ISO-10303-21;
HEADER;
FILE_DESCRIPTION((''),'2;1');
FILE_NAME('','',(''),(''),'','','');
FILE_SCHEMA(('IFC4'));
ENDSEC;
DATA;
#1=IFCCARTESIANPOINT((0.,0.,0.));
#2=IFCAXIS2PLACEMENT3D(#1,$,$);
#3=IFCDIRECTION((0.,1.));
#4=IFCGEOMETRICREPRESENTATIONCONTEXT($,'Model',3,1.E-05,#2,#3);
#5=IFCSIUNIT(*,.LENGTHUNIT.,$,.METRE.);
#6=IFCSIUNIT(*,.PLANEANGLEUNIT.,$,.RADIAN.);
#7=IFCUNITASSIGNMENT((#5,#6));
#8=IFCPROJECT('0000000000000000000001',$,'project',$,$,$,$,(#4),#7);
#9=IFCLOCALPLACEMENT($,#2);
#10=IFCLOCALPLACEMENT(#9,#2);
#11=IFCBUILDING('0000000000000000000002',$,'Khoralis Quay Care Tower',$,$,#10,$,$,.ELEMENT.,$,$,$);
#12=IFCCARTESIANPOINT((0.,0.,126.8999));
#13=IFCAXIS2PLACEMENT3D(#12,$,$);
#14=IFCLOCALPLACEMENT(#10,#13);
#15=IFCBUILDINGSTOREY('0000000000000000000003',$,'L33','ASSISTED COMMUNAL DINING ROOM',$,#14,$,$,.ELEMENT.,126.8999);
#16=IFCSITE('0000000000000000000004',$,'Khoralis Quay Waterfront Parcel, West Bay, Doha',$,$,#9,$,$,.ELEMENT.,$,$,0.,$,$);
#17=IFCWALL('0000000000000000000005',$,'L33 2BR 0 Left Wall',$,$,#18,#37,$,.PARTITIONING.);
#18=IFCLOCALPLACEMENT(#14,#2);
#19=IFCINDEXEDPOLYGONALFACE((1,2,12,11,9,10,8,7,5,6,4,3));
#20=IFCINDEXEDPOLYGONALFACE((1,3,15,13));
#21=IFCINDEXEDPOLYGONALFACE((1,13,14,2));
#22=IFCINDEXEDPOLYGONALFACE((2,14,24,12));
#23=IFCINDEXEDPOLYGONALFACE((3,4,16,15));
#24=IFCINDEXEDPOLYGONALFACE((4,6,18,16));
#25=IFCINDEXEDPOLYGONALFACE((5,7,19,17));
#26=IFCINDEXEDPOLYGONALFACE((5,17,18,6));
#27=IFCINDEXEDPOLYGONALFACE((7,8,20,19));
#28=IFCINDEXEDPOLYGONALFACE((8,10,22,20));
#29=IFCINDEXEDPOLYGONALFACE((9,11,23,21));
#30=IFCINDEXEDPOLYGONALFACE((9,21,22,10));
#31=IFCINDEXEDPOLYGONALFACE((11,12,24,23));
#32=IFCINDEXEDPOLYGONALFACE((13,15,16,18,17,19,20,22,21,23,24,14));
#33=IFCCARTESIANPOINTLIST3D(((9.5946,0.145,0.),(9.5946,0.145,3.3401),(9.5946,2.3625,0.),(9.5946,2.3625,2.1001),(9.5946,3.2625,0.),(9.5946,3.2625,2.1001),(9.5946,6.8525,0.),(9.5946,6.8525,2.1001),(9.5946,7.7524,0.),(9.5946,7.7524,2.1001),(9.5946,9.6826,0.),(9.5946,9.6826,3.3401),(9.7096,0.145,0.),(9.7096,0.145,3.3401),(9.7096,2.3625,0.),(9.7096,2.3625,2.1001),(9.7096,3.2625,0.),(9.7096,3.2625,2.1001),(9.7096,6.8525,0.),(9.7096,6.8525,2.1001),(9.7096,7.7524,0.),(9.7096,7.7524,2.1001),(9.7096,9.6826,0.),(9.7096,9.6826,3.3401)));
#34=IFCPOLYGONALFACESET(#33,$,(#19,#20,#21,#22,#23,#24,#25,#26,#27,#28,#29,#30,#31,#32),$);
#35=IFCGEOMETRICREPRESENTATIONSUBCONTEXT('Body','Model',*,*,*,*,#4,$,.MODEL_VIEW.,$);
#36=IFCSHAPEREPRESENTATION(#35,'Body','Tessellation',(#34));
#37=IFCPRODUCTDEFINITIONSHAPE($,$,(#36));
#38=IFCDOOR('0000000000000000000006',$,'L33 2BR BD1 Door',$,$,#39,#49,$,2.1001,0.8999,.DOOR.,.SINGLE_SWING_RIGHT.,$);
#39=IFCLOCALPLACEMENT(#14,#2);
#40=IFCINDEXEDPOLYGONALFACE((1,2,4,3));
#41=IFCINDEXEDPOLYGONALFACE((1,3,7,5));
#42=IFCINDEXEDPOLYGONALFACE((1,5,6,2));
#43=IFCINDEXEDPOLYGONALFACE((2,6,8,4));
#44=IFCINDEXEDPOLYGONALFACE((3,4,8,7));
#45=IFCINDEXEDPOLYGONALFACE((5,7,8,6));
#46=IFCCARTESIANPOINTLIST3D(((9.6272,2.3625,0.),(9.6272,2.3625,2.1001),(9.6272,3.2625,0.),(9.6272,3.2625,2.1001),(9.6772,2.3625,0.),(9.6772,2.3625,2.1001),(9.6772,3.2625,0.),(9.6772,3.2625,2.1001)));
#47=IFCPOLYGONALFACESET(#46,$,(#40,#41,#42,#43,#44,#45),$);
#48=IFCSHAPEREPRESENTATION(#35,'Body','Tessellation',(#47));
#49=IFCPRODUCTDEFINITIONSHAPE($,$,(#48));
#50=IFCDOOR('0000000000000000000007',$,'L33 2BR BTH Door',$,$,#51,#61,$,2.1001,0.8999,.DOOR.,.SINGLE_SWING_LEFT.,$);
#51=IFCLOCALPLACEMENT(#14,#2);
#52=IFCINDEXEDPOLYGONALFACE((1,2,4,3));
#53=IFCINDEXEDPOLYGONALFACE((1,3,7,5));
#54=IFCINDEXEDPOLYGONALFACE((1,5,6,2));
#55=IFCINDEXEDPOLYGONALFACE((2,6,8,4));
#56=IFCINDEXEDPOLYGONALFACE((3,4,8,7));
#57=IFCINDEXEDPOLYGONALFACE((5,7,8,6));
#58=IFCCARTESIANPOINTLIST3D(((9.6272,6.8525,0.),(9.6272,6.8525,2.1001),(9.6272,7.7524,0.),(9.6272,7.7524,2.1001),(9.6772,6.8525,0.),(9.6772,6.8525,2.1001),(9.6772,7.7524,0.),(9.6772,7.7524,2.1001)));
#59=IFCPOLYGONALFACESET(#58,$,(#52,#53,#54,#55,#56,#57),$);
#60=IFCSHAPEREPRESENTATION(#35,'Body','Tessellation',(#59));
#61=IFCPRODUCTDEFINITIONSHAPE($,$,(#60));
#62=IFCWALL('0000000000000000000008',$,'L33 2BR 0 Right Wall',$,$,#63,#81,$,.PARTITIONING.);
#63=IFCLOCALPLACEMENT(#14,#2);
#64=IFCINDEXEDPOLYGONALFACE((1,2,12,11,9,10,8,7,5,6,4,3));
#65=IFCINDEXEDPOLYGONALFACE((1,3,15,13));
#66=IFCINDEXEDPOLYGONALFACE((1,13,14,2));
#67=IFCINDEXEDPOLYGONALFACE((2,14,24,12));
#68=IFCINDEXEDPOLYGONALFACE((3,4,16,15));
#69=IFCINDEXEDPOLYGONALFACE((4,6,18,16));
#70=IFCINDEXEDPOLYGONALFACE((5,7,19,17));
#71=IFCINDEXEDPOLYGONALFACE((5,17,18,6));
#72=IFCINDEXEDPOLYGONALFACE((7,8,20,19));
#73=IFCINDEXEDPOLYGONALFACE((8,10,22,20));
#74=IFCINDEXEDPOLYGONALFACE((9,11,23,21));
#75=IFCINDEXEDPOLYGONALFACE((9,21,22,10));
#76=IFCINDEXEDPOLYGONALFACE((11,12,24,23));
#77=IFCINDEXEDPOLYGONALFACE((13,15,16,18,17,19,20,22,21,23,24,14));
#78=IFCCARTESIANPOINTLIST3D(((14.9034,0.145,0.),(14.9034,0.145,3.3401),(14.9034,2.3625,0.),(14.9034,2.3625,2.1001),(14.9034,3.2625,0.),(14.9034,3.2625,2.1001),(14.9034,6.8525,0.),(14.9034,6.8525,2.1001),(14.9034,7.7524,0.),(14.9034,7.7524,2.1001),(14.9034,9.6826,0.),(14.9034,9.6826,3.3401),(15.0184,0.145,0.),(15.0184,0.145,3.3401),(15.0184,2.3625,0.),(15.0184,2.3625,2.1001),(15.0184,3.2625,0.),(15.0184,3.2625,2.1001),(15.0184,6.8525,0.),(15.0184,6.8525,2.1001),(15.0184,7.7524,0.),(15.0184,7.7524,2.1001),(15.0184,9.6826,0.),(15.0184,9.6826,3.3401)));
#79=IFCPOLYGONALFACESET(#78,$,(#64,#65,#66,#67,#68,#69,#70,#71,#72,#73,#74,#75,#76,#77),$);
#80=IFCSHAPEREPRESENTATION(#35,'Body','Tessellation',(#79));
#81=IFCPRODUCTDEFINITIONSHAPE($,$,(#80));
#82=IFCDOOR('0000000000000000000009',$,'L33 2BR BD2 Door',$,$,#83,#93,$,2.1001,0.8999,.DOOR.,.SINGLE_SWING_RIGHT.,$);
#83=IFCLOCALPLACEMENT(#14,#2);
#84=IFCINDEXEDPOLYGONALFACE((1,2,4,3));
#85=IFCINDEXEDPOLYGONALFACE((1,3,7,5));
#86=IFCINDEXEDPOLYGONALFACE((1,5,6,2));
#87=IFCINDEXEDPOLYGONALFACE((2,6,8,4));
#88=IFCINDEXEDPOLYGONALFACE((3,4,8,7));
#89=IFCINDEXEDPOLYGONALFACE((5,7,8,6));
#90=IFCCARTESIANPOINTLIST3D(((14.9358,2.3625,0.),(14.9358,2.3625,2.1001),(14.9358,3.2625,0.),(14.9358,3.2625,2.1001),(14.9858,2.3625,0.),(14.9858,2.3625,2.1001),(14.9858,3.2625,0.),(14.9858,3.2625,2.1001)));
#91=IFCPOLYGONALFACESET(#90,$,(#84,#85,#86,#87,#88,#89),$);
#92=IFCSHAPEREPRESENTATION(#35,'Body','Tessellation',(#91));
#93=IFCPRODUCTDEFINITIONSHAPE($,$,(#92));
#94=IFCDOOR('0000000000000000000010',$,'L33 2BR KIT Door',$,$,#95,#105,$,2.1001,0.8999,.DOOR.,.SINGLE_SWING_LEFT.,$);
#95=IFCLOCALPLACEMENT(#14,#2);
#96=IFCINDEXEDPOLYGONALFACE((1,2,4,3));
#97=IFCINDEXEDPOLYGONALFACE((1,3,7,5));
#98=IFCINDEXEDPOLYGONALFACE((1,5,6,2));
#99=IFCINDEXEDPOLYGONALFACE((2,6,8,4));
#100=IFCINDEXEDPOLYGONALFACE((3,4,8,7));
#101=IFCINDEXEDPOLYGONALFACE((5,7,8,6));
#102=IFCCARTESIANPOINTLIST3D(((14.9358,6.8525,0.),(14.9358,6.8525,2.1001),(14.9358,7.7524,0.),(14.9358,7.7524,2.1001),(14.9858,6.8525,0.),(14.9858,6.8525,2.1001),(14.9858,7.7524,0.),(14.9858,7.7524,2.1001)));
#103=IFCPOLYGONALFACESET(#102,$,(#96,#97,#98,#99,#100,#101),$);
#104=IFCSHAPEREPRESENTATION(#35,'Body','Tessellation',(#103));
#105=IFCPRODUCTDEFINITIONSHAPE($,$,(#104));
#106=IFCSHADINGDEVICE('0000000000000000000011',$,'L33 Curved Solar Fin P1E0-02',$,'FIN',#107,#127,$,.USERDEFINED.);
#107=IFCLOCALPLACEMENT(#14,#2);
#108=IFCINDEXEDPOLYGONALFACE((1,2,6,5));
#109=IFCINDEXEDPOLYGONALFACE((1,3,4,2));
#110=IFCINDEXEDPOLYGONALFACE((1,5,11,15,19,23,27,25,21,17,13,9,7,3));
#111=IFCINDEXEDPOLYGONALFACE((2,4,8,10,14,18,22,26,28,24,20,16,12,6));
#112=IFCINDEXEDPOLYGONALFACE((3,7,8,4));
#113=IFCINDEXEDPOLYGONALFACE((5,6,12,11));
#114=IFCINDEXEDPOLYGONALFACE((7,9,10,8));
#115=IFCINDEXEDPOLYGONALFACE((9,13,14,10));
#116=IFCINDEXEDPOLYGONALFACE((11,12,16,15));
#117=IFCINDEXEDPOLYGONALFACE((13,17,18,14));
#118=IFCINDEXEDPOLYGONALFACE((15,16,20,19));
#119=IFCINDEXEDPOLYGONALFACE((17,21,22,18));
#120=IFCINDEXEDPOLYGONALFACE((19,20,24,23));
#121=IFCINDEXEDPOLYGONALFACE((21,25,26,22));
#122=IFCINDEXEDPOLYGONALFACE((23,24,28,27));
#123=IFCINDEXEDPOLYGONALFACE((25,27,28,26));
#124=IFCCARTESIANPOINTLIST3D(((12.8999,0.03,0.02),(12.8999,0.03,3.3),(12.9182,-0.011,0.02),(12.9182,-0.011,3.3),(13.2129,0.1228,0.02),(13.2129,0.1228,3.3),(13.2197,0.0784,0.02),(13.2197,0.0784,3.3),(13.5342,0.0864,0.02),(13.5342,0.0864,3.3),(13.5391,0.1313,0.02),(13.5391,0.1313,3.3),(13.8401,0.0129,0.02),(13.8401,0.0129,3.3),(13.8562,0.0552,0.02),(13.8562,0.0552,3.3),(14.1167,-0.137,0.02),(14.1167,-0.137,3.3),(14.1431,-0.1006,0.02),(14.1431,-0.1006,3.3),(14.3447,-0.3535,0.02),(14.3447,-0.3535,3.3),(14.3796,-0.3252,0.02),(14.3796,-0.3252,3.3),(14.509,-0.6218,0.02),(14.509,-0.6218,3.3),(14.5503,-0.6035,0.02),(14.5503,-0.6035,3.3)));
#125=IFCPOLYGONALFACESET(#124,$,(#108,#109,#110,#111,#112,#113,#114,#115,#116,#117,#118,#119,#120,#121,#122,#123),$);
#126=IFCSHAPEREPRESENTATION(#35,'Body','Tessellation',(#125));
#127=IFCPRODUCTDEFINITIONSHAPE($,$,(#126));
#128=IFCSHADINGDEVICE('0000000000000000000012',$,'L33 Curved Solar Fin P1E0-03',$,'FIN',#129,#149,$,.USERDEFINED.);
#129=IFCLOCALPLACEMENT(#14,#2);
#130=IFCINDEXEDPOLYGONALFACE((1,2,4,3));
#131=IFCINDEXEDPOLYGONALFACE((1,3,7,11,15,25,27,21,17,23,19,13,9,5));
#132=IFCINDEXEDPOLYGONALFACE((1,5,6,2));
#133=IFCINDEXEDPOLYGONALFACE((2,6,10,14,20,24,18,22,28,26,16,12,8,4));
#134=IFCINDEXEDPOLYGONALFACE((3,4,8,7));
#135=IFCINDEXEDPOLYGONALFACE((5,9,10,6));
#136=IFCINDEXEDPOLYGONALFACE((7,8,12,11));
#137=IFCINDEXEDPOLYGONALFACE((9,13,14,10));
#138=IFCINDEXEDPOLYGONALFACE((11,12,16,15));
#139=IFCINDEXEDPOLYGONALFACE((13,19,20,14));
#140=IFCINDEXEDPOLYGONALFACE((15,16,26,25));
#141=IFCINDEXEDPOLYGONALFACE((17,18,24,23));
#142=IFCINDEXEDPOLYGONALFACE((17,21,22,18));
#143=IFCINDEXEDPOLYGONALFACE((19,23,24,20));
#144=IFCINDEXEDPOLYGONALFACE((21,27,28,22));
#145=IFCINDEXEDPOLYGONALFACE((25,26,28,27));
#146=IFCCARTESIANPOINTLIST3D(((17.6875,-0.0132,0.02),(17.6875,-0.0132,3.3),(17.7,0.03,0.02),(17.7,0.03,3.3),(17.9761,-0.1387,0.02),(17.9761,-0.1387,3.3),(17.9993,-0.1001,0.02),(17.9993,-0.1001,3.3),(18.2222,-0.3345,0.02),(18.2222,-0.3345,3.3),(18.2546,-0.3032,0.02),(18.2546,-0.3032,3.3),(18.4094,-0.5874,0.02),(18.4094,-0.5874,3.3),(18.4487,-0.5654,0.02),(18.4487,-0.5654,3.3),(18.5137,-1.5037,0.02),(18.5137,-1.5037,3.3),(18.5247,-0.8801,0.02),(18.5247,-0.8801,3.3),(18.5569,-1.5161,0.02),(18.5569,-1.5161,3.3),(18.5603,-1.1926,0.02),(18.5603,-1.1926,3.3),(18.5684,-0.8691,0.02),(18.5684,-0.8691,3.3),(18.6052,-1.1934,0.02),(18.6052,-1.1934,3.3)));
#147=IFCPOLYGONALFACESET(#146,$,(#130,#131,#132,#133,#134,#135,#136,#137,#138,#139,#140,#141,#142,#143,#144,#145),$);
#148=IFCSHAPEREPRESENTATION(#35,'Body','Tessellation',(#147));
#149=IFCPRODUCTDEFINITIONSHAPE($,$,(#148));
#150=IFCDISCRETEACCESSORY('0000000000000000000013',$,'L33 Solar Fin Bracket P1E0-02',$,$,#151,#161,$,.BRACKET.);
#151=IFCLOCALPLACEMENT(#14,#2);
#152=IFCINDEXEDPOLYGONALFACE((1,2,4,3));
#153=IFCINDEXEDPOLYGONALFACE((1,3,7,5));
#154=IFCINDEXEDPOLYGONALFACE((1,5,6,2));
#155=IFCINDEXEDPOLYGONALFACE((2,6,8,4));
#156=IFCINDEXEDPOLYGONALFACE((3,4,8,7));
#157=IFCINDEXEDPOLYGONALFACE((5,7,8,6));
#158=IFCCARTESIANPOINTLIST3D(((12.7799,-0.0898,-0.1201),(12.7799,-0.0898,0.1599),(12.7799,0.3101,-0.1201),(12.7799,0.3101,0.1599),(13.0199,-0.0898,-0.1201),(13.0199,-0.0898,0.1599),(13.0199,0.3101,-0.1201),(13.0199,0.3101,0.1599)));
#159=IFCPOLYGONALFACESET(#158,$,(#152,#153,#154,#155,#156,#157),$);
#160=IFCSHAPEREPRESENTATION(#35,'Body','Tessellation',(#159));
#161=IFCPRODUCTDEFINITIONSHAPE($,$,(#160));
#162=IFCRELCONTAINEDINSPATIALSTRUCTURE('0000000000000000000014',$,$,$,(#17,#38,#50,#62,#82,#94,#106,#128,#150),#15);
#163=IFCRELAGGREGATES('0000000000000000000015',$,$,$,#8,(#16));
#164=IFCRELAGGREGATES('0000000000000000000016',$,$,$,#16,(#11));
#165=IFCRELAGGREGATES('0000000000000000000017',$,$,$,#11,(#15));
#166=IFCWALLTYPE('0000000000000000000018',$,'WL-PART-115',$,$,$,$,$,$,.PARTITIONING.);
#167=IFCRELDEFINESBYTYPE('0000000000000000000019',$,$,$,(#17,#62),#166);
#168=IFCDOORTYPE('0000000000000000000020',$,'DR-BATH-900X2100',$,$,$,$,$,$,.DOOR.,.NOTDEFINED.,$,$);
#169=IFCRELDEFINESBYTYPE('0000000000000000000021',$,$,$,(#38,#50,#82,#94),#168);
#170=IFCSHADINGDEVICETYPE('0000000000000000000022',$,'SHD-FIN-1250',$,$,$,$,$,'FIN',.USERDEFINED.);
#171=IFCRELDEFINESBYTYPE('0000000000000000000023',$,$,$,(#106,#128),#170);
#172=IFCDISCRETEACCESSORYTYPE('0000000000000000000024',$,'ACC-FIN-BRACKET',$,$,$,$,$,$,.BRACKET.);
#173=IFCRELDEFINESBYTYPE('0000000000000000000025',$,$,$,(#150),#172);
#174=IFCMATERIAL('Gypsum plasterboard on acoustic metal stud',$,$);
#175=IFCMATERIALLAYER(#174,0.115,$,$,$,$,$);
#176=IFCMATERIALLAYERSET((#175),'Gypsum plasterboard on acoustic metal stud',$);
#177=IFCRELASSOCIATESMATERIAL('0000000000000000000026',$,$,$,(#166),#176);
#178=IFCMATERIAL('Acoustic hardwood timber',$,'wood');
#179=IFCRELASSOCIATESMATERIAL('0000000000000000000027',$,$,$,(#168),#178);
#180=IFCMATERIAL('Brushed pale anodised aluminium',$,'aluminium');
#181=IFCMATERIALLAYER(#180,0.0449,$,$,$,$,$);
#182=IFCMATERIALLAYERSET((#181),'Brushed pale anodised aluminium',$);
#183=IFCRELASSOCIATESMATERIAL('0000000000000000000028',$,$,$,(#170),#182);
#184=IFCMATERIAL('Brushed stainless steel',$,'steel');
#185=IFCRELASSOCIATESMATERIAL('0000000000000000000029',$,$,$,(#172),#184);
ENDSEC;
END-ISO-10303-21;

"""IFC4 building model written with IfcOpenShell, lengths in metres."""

from ifc_helpers import new_model, si_unit, direction, frame, frame_2d, origin, origin_2d, place, context, subcontext, project, spatial, polyline, rectangle, outline, extrude, source, transform, mapped, material, layer, layer_set, type_object, element, fill, save


model = new_model("IFC4")

# Units and contexts
model_context = context("Model", 3, precision=1e-05, world=origin(), true_north=direction((0.0, 1.0)))
body_context = subcontext(model_context, "Body", "Model", "MODEL_VIEW")
ifc_project = project(units=[si_unit("LENGTHUNIT", "METRE"), si_unit("PLANEANGLEUNIT", "RADIAN")], contexts=[model_context])

# Site, building, storey
site_placement = place(None, origin())
site = spatial("IfcSite", under=ifc_project, at=site_placement, Name="Khoralis Quay Waterfront Parcel, West Bay, Doha", CompositionType="ELEMENT", RefElevation=0.0)
building_placement = place(site_placement, origin())
building = spatial("IfcBuilding", under=site, at=building_placement, Name="Khoralis Quay Care Tower", CompositionType="ELEMENT")
storey_placement = place(building_placement, frame((0.0, 0.0, 126.8999)))
storey = spatial("IfcBuildingStorey", under=building, at=storey_placement, Name="L33", Description="ASSISTED COMMUNAL DINING ROOM", CompositionType="ELEMENT", Elevation=126.8999)

# Walls, openings, doors
ifc_material_1 = material(Name="Gypsum plasterboard on acoustic metal stud")
ifc_layer_1 = layer(ifc_material_1, 0.115)
ifc_layer_set_1 = layer_set([ifc_layer_1], Name="Gypsum plasterboard on acoustic metal stud")
wall_type = type_object("IfcWallType", Name="WL-PART-115", PredefinedType="PARTITIONING", material=ifc_layer_set_1)
wall_1_placement = place(storey_placement, frame((9.6521, 0.145, 0.0), z_axis=(0.0, 0.0, 1.0), x_axis=(0.0, 1.0, 0.0)))
wall_1 = element("IfcWall", 1, at=wall_1_placement, inside=storey, type_object=wall_type, Name="L33 2BR 0 Left Wall", PredefinedType="PARTITIONING", context=body_context, shape_type="SweptSolid", body=[
    extrude(rectangle(XDim=9.5376, YDim=0.115, at=frame_2d((4.7688, 0.0))), origin(), (0.0, 0.0, 1.0), 3.3401),
])
opening_1_placement = place(wall_1_placement, frame((2.2175, 0.0, 0.0)))
opening_1 = element("IfcOpeningElement", 2, at=opening_1_placement, cuts=wall_1, PredefinedType="OPENING", context=body_context, shape_type="SweptSolid", body=[
    extrude(rectangle(XDim=0.8999, YDim=2.1001, at=frame_2d((0.45, 1.05))), frame((0.0, 0.0674, 0.0), z_axis=(0.0, -1.0, 0.0), x_axis=(1.0, 0.0, 0.0)), (0.0, 0.0, 1.0), 0.135),
])
opening_2_placement = place(wall_1_placement, frame((6.7075, 0.0, 0.0)))
opening_2 = element("IfcOpeningElement", 3, at=opening_2_placement, cuts=wall_1, PredefinedType="OPENING", context=body_context, shape_type="SweptSolid", body=[
    extrude(rectangle(XDim=0.8999, YDim=2.1001, at=frame_2d((0.45, 1.05))), frame((0.0, 0.0674, 0.0), z_axis=(0.0, -1.0, 0.0), x_axis=(1.0, 0.0, 0.0)), (0.0, 0.0, 1.0), 0.135),
])
ifc_material_2 = material(Name="Acoustic hardwood timber", Category="wood")
door_type = type_object("IfcDoorType", Name="DR-BATH-900X2100", OperationType="NOTDEFINED", PredefinedType="DOOR", material=ifc_material_2)
shared_shape_1 = source(origin(), body_context, "Body", "SweptSolid", [
    extrude(rectangle(XDim=0.8999, YDim=2.1001, at=frame_2d((0.45, 1.05))), frame((0.0, 0.0249, 0.0), z_axis=(0.0, -1.0, 0.0), x_axis=(1.0, 0.0, 0.0)), (0.0, 0.0, 1.0), 0.05),
])
door_1_placement = place(opening_1_placement, origin())
door_1 = element("IfcDoor", 4, at=door_1_placement, inside=storey, type_object=door_type, Name="L33 2BR BD1 Door", OperationType="SINGLE_SWING_RIGHT", OverallHeight=2.1001, OverallWidth=0.8999, PredefinedType="DOOR", context=body_context, shape_type="MappedRepresentation", body=[
    mapped(shared_shape_1, transform((0.0, 0.0, 0.0), scale=1.0)),
])
fill(opening_1, door_1)
door_2_placement = place(opening_2_placement, origin())
door_2 = element("IfcDoor", 5, at=door_2_placement, inside=storey, type_object=door_type, Name="L33 2BR BTH Door", OperationType="SINGLE_SWING_LEFT", OverallHeight=2.1001, OverallWidth=0.8999, PredefinedType="DOOR", context=body_context, shape_type="MappedRepresentation", body=[
    mapped(shared_shape_1, transform((0.0, 0.0, 0.0), scale=1.0)),
])
fill(opening_2, door_2)
wall_2_placement = place(storey_placement, frame((14.9609, 0.145, 0.0), z_axis=(0.0, 0.0, 1.0), x_axis=(0.0, 1.0, 0.0)))
wall_2 = element("IfcWall", 6, at=wall_2_placement, inside=storey, type_object=wall_type, Name="L33 2BR 0 Right Wall", PredefinedType="PARTITIONING", context=body_context, shape_type="SweptSolid", body=[
    extrude(rectangle(XDim=9.5376, YDim=0.115, at=frame_2d((4.7688, 0.0))), origin(), (0.0, 0.0, 1.0), 3.3401),
])
opening_3_placement = place(wall_2_placement, frame((2.2175, 0.0, 0.0)))
opening_3 = element("IfcOpeningElement", 7, at=opening_3_placement, cuts=wall_2, PredefinedType="OPENING", context=body_context, shape_type="SweptSolid", body=[
    extrude(rectangle(XDim=0.8999, YDim=2.1001, at=frame_2d((0.45, 1.05))), frame((0.0, 0.0674, 0.0), z_axis=(0.0, -1.0, 0.0), x_axis=(1.0, 0.0, 0.0)), (0.0, 0.0, 1.0), 0.135),
])
opening_4_placement = place(wall_2_placement, frame((6.7075, 0.0, 0.0)))
opening_4 = element("IfcOpeningElement", 8, at=opening_4_placement, cuts=wall_2, PredefinedType="OPENING", context=body_context, shape_type="SweptSolid", body=[
    extrude(rectangle(XDim=0.8999, YDim=2.1001, at=frame_2d((0.45, 1.05))), frame((0.0, 0.0674, 0.0), z_axis=(0.0, -1.0, 0.0), x_axis=(1.0, 0.0, 0.0)), (0.0, 0.0, 1.0), 0.135),
])
door_3_placement = place(opening_3_placement, frame((0.8999, 0.0, 0.0), z_axis=(0.0, 0.0, 1.0), x_axis=(-1.0, 0.0, 0.0)))
door_3 = element("IfcDoor", 9, at=door_3_placement, inside=storey, type_object=door_type, Name="L33 2BR BD2 Door", OperationType="SINGLE_SWING_RIGHT", OverallHeight=2.1001, OverallWidth=0.8999, PredefinedType="DOOR", context=body_context, shape_type="MappedRepresentation", body=[
    mapped(shared_shape_1, transform((0.0, 0.0, 0.0), scale=1.0)),
])
fill(opening_3, door_3)
door_4_placement = place(opening_4_placement, frame((0.8999, 0.0, 0.0), z_axis=(0.0, 0.0, 1.0), x_axis=(-1.0, 0.0, 0.0)))
door_4 = element("IfcDoor", 10, at=door_4_placement, inside=storey, type_object=door_type, Name="L33 2BR KIT Door", OperationType="SINGLE_SWING_LEFT", OverallHeight=2.1001, OverallWidth=0.8999, PredefinedType="DOOR", context=body_context, shape_type="MappedRepresentation", body=[
    mapped(shared_shape_1, transform((0.0, 0.0, 0.0), scale=1.0)),
])
fill(opening_4, door_4)

# Shading devices
ifc_material_3 = material(Name="Brushed pale anodised aluminium", Category="aluminium")
ifc_layer_2 = layer(ifc_material_3, 0.0449)
ifc_layer_set_2 = layer_set([ifc_layer_2], Name="Brushed pale anodised aluminium")
shading_device_type = type_object("IfcShadingDeviceType", Name="SHD-FIN-1250", ElementType="FIN", PredefinedType="USERDEFINED", material=ifc_layer_set_2)
shared_shape_2 = source(origin(), body_context, "Body", "SweptSolid", [
    extrude(outline(polyline([(0.0, 0.0), (-0.0928, 0.313), (-0.1013, 0.6392), (-0.0251, 0.9563), (0.1306, 1.2432), (0.3552, 1.4797), (0.6335, 1.6504), (0.6519, 1.6091), (0.3835, 1.4448), (0.167, 1.2168), (0.0171, 0.9402), (-0.0564, 0.6343), (-0.0483, 0.3198), (0.041, 0.0183), (0.0, 0.0)])), origin(), (0.0, 0.0, 1.0), 3.28),
])
shading_device_1_placement = place(storey_placement, frame((12.8999, 0.03, 0.02), z_axis=(0.0, 0.0, 1.0), x_axis=(0.0, -1.0, 0.0)))
element("IfcShadingDevice", 11, at=shading_device_1_placement, inside=storey, type_object=shading_device_type, Name="L33 Curved Solar Fin P1E0-02", ObjectType="FIN", PredefinedType="USERDEFINED", context=body_context, shape_type="MappedRepresentation", body=[
    mapped(shared_shape_2, transform((0.0, 0.0, 0.0), scale=1.0)),
])
shared_shape_3 = source(origin(), body_context, "Body", "SweptSolid", [
    extrude(outline(polyline([(0.0, 0.0), (0.1301, 0.2993), (0.3333, 0.5547), (0.5955, 0.7488), (0.8992, 0.8684), (1.2234, 0.9053), (1.5461, 0.8569), (1.5337, 0.8137), (1.2227, 0.8604), (0.9102, 0.8247), (0.6174, 0.7095), (0.3645, 0.5222), (0.1687, 0.2761), (0.0432, -0.0125), (0.0, 0.0)])), origin(), (0.0, 0.0, 1.0), 3.28),
])
shading_device_2_placement = place(storey_placement, frame((17.7, 0.03, 0.02), z_axis=(0.0, 0.0, 1.0), x_axis=(0.0, -1.0, 0.0)))
element("IfcShadingDevice", 12, at=shading_device_2_placement, inside=storey, type_object=shading_device_type, Name="L33 Curved Solar Fin P1E0-03", ObjectType="FIN", PredefinedType="USERDEFINED", context=body_context, shape_type="MappedRepresentation", body=[
    mapped(shared_shape_3, transform((0.0, 0.0, 0.0), scale=1.0)),
])

# Discrete accessory
ifc_material_4 = material(Name="Brushed stainless steel", Category="steel")
discrete_accessory_type = type_object("IfcDiscreteAccessoryType", Name="ACC-FIN-BRACKET", PredefinedType="BRACKET", material=ifc_material_4)
shared_shape_4 = source(origin(), body_context, "Body", "SweptSolid", [
    extrude(rectangle(XDim=0.3999, YDim=0.24, at=origin_2d()), origin(), (0.0, 0.0, 1.0), 0.28),
])
for number, where, z_axis, x_axis, name in (
    (13, (12.8999, 0.1101, -0.1201), (0.0, 0.0, 1.0), (0.0, -1.0, 0.0), "L33 Solar Fin Bracket P1E0-02"),
):
    element("IfcDiscreteAccessory", number, at=place(storey_placement, frame(where, z_axis=z_axis, x_axis=x_axis)), inside=storey, type_object=discrete_accessory_type, Name=name, PredefinedType="BRACKET", context=body_context, shape_type="MappedRepresentation", body=[
        mapped(shared_shape_4, transform((0.0, 0.0, 0.0), scale=1.0)),
    ])

save(model, "model.ifc")
